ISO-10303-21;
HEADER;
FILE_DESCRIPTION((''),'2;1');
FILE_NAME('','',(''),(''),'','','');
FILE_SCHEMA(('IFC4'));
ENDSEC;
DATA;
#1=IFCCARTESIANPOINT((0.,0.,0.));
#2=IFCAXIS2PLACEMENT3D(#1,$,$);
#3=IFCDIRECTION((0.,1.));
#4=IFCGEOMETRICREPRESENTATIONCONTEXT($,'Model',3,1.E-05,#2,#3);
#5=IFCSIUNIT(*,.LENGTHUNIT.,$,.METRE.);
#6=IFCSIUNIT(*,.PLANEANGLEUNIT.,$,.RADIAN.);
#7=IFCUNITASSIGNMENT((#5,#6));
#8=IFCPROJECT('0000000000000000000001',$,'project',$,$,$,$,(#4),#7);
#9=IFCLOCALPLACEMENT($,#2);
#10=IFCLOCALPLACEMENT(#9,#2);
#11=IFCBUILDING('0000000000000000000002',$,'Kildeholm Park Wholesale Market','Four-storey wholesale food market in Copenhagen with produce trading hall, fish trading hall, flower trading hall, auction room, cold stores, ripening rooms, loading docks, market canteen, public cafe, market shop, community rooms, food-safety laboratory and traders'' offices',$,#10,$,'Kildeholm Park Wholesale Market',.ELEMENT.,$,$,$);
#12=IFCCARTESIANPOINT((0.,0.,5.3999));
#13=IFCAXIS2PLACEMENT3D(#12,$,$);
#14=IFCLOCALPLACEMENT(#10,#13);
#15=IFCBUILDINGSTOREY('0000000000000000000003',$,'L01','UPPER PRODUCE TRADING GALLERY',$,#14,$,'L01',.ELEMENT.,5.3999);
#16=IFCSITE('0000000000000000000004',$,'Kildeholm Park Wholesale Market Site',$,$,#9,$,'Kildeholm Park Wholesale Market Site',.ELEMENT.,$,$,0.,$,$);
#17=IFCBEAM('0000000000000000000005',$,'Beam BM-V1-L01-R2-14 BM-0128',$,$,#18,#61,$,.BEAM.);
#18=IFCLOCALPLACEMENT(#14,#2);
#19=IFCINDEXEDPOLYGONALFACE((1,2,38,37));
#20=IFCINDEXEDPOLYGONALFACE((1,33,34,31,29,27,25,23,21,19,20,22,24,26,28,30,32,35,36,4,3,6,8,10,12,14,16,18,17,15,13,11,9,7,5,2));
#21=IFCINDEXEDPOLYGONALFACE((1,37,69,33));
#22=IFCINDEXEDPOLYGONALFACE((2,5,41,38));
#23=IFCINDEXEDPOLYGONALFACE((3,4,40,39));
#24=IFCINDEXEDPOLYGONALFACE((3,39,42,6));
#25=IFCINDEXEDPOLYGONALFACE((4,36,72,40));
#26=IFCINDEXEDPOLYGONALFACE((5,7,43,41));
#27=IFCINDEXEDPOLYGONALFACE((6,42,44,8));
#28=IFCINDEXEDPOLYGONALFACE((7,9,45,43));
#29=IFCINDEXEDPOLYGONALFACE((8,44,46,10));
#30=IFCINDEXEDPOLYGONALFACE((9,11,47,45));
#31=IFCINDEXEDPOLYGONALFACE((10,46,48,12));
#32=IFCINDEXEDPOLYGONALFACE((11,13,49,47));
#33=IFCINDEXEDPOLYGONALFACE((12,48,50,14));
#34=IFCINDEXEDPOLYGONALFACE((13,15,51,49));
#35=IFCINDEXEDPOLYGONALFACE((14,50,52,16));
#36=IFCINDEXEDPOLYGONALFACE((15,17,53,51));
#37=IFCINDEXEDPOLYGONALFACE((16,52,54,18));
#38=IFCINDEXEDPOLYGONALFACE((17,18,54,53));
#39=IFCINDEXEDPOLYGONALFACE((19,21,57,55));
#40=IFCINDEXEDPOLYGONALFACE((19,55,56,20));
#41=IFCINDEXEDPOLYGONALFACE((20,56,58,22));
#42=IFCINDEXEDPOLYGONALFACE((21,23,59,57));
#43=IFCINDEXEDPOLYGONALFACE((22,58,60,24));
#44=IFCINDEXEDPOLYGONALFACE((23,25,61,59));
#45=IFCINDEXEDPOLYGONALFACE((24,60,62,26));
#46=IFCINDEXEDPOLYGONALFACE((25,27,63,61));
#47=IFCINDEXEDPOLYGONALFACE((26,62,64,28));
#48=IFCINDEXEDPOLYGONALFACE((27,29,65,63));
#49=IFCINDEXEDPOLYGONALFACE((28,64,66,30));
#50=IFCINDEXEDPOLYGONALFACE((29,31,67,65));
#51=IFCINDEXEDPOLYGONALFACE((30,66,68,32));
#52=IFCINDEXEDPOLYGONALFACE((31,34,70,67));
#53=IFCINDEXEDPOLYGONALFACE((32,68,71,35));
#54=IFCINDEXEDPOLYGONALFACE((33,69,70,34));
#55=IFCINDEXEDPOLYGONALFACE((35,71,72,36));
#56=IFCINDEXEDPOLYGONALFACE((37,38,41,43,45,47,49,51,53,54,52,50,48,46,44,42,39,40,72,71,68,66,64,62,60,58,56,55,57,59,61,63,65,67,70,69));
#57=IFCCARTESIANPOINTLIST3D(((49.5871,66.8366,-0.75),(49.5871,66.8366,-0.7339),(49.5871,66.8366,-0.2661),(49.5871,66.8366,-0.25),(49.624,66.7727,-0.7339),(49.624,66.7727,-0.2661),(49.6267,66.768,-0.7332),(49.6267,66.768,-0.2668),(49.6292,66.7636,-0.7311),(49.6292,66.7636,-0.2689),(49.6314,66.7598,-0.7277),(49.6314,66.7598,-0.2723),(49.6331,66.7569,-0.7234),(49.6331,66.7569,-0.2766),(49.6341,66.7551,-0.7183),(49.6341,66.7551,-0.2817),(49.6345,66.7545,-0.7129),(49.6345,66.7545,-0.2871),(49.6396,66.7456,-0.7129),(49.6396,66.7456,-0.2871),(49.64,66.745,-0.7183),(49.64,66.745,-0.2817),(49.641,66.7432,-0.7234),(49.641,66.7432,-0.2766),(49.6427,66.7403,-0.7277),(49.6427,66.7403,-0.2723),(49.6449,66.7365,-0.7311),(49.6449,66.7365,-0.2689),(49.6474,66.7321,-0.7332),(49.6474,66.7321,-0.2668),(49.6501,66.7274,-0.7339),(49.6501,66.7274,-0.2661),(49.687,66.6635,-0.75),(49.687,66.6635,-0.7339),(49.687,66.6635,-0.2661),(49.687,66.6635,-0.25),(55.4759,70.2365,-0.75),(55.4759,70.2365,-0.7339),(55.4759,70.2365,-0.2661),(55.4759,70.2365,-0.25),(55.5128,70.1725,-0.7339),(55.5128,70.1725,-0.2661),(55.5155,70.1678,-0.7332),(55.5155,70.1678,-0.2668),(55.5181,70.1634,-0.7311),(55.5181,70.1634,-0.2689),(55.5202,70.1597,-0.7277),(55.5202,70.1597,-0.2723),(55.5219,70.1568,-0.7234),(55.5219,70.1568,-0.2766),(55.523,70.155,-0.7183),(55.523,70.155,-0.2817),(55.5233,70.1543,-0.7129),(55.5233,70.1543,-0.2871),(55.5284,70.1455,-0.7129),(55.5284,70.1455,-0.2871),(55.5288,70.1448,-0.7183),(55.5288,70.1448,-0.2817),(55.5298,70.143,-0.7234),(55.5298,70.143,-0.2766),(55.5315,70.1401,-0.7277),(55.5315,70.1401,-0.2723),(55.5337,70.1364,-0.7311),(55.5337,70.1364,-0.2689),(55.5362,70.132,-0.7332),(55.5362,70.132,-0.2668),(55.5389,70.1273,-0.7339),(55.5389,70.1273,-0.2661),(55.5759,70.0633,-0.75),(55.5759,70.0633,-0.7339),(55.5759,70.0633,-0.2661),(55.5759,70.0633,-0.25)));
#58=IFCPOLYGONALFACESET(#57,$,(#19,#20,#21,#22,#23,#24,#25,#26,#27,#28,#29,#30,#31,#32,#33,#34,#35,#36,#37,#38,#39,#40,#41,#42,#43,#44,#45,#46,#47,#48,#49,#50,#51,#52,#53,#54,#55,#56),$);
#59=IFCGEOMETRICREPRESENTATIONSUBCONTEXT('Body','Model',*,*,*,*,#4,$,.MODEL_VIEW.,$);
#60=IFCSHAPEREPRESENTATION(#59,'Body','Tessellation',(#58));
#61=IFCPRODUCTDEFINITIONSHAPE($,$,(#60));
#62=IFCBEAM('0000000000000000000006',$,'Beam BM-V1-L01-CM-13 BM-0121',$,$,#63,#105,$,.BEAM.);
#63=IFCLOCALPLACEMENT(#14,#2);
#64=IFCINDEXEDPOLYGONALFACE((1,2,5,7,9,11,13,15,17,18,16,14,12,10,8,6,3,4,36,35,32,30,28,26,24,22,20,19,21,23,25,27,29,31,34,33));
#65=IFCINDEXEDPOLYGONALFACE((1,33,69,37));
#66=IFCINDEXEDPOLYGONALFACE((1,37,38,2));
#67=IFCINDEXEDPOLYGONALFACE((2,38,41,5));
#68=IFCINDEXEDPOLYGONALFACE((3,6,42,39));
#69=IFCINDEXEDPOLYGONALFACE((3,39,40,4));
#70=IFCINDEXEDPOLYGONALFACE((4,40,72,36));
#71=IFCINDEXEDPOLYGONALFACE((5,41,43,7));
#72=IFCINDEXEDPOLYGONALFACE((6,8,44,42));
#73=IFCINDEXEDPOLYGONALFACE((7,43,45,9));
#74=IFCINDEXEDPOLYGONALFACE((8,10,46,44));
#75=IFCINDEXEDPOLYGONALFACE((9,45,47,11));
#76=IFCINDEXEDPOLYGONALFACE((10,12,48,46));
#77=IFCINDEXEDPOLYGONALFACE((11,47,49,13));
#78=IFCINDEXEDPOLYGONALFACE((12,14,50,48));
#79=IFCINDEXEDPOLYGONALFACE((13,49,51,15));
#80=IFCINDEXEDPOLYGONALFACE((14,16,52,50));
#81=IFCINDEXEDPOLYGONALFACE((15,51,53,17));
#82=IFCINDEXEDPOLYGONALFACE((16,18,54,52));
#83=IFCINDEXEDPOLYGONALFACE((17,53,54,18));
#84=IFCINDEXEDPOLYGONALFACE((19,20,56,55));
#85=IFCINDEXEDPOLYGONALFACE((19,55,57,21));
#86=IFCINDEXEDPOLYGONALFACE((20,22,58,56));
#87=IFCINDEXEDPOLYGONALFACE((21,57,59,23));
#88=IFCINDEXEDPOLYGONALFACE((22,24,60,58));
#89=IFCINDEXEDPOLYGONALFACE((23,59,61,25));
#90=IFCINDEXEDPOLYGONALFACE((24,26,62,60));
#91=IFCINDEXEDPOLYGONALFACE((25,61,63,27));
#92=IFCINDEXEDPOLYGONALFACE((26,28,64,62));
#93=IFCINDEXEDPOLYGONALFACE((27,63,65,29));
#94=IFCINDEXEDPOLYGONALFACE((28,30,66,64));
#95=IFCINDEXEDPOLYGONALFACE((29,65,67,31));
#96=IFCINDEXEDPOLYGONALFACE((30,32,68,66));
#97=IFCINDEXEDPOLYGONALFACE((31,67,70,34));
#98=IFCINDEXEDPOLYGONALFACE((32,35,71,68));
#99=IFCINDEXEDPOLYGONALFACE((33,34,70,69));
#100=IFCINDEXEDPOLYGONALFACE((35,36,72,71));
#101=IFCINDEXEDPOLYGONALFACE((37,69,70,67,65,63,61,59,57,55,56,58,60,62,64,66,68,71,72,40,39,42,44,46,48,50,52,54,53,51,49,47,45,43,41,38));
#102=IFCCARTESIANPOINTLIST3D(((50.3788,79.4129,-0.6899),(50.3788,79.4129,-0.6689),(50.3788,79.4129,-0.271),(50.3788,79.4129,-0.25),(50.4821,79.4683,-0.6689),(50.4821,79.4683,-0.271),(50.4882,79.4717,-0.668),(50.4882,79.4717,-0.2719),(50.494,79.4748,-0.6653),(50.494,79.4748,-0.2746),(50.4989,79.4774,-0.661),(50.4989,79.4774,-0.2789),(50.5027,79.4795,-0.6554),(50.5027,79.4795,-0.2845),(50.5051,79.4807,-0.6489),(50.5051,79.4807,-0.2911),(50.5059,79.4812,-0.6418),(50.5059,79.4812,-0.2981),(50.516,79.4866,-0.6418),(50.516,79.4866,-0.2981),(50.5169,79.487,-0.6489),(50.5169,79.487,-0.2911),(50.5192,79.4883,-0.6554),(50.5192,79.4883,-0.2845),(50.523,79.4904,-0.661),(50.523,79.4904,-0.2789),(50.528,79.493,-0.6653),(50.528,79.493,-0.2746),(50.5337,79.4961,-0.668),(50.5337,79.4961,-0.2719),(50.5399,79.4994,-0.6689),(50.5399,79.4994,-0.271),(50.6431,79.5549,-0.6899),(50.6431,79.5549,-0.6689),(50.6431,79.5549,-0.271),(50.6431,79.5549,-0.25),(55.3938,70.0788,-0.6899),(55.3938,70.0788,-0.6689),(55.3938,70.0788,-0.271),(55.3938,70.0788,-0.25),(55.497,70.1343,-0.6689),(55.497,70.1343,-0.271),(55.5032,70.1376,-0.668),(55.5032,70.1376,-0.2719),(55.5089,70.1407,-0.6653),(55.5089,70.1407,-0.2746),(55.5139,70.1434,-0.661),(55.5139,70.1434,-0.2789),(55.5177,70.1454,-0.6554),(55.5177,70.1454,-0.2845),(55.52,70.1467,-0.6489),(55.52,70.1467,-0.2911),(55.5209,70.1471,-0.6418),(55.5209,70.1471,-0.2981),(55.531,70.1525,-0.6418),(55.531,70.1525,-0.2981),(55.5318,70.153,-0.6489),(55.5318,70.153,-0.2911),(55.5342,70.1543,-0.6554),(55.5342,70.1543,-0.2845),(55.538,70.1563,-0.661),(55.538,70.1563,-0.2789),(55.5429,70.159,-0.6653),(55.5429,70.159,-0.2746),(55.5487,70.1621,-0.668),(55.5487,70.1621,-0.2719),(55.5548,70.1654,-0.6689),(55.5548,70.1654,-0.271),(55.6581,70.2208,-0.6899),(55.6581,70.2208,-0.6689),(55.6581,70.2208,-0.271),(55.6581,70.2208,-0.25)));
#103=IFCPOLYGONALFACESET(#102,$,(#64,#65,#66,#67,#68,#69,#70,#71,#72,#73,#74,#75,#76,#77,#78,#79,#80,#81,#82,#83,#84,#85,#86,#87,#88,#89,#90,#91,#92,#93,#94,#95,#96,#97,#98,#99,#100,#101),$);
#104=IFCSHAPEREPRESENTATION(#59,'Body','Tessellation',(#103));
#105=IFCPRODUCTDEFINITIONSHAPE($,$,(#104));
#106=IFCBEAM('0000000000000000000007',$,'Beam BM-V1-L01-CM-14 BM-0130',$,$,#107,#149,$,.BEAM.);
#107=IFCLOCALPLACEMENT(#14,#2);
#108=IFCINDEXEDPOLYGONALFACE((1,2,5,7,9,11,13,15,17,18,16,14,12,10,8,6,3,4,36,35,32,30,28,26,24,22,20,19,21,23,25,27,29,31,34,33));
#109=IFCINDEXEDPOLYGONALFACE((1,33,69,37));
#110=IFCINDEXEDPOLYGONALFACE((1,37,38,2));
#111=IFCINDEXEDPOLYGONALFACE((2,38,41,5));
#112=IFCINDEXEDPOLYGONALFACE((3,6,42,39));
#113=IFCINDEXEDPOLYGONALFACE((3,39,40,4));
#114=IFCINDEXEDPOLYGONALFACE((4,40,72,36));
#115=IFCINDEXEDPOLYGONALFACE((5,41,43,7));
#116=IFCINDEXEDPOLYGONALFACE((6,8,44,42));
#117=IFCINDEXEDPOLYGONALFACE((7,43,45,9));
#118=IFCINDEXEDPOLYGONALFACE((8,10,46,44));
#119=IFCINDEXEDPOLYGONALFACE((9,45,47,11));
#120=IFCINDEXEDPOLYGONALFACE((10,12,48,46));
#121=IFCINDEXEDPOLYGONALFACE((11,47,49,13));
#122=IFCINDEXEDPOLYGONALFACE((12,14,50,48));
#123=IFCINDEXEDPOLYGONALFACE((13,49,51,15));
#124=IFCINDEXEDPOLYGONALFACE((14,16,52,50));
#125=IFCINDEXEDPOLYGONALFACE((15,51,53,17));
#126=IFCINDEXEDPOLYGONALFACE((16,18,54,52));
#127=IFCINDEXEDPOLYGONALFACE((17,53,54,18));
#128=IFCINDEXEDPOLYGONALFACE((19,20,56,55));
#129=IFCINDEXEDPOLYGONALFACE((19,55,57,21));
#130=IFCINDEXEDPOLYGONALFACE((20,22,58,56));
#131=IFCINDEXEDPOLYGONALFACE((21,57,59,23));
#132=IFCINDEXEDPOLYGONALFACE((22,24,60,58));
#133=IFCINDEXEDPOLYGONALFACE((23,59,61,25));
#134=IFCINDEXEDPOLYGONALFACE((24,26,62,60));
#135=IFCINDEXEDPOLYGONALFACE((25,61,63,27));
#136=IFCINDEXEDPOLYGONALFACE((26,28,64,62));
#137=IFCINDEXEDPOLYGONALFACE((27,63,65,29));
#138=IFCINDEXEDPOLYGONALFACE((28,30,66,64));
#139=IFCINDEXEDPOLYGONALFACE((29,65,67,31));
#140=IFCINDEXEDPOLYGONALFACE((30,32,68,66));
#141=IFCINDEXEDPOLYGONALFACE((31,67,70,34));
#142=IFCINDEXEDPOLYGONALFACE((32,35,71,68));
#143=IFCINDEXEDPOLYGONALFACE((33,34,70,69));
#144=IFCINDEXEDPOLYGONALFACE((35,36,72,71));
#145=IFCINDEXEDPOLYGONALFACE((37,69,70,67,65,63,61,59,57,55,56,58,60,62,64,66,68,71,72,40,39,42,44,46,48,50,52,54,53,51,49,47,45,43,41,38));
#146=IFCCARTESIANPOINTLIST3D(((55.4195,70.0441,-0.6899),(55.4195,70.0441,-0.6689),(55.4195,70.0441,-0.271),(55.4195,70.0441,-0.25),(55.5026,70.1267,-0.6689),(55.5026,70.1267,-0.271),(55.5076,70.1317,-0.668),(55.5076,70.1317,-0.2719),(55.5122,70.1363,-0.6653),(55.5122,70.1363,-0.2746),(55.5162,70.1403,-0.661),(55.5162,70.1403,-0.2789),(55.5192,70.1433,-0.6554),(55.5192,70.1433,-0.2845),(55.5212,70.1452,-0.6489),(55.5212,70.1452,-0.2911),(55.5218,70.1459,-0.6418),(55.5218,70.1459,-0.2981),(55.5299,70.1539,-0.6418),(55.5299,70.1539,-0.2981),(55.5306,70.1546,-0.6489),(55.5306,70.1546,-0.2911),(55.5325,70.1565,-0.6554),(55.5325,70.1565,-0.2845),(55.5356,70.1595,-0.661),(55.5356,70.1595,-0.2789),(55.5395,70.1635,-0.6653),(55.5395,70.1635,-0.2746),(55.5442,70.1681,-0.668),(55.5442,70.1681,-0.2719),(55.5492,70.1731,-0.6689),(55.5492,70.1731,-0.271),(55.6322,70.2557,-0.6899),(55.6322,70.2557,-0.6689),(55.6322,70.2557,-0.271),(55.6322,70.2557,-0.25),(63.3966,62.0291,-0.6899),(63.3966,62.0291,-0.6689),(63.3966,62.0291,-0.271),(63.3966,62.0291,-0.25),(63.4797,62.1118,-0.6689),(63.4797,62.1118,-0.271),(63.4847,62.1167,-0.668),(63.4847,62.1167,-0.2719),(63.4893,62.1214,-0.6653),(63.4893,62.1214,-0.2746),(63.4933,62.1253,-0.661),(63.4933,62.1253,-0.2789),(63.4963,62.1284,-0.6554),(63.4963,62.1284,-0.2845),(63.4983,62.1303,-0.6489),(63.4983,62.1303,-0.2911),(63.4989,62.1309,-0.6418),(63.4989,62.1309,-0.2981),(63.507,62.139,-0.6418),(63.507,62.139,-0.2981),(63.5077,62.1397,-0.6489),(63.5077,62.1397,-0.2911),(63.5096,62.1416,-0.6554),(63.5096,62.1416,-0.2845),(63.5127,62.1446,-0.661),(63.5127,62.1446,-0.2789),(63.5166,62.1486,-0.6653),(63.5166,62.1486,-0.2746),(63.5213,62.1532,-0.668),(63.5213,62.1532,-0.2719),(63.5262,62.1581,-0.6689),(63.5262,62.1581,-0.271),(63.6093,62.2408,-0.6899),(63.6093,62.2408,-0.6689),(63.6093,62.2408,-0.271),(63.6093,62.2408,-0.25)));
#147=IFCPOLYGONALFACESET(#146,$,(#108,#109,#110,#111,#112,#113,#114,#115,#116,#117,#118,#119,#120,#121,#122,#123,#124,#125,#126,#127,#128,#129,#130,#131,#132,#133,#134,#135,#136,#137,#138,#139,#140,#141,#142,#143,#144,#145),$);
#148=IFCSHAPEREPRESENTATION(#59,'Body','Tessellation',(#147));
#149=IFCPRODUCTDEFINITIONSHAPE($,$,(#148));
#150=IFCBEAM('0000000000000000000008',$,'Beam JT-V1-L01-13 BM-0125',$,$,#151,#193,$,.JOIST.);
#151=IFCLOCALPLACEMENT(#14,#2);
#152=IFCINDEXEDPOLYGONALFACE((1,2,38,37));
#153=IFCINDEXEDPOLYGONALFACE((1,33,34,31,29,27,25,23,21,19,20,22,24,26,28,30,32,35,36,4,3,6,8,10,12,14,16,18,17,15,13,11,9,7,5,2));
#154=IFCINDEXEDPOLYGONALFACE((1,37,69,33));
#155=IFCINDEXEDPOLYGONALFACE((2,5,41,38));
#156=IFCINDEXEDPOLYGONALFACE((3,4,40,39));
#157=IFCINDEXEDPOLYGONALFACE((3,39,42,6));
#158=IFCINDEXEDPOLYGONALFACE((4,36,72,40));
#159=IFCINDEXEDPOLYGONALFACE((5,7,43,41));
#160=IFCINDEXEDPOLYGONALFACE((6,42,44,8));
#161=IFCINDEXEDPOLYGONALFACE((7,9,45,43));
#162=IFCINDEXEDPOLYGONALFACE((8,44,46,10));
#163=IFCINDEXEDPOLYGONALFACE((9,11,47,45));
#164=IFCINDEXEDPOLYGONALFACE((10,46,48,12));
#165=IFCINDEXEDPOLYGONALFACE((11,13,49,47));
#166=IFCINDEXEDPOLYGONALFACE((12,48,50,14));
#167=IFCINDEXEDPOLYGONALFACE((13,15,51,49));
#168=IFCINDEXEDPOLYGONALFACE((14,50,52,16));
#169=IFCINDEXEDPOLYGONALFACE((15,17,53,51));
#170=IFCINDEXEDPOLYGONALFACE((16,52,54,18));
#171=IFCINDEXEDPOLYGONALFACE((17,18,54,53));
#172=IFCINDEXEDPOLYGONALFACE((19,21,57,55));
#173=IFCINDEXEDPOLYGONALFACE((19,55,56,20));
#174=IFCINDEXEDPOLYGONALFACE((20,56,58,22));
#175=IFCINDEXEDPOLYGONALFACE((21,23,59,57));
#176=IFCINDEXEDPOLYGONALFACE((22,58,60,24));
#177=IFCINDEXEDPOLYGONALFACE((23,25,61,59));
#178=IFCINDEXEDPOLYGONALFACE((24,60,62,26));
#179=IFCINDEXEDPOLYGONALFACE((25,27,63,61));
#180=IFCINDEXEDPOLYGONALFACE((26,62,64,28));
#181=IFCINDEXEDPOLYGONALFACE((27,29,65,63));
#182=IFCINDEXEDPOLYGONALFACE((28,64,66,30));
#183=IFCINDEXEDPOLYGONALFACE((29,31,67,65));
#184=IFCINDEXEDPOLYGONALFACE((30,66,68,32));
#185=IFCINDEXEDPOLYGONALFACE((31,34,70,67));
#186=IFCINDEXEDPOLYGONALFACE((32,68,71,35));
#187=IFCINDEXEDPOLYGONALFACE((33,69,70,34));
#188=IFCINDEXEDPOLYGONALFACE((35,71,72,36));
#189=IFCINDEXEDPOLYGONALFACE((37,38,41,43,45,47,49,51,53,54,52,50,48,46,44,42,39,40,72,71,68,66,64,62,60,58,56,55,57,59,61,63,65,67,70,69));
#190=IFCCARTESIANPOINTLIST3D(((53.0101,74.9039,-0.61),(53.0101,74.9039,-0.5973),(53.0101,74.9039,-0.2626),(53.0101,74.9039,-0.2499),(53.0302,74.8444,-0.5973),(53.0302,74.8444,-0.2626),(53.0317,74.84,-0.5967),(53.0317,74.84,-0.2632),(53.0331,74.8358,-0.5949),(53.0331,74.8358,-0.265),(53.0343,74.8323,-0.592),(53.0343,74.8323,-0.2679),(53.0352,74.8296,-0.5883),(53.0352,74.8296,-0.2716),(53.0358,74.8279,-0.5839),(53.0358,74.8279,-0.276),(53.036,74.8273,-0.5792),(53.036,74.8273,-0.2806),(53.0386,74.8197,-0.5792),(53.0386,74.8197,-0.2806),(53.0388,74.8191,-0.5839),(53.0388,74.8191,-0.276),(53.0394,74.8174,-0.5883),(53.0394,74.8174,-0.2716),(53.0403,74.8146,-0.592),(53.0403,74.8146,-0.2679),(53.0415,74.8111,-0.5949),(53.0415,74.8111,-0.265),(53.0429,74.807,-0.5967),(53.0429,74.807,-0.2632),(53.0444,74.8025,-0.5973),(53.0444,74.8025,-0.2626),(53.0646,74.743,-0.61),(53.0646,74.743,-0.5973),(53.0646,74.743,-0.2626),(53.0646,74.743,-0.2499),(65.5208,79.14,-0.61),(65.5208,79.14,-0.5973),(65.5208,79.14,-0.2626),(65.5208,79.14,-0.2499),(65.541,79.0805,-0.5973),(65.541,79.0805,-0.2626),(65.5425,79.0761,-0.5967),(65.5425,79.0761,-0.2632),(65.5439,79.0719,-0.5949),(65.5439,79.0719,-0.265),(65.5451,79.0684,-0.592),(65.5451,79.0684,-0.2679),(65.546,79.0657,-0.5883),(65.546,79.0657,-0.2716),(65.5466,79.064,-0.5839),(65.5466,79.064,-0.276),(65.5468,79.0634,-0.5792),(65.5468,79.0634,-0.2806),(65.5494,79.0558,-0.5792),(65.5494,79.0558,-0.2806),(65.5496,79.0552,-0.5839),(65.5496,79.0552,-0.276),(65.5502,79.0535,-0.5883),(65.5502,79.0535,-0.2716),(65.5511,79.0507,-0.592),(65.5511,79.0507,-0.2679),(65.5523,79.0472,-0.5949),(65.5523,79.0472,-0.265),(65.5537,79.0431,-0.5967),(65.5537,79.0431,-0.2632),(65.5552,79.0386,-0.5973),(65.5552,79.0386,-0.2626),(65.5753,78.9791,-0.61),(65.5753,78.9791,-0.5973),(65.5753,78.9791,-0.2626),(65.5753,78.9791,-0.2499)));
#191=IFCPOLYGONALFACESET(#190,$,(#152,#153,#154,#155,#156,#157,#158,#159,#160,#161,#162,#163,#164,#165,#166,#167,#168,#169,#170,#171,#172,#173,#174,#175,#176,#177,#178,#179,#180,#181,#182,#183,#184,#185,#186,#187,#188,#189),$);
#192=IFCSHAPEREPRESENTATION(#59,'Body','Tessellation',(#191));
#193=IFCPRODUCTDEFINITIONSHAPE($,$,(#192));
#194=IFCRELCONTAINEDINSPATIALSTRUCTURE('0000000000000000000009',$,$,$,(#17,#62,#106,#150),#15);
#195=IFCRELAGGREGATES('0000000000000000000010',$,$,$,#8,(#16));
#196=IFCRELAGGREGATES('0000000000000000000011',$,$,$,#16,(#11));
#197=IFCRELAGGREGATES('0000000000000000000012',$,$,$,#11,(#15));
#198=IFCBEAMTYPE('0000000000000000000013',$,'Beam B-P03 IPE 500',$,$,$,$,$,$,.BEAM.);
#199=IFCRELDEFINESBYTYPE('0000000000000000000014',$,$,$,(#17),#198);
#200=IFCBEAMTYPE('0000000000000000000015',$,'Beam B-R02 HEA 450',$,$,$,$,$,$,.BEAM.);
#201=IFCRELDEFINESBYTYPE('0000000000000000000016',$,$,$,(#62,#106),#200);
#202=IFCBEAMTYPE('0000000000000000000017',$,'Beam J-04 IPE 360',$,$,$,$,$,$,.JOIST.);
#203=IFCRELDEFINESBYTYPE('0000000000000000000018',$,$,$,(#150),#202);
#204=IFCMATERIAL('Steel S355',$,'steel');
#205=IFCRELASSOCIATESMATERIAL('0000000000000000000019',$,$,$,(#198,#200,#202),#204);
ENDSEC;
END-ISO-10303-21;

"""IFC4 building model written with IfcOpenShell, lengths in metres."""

from ifc_helpers import new_model, si_unit, direction, frame, origin, origin_2d, place, context, subcontext, project, spatial, i_section, extrude, material, material_profile, profile_set, type_object, element, save


model = new_model("IFC4")

# Units and contexts
model_context = context("Model", 3, precision=1e-05, world=origin(), true_north=direction((0.0, 1.0)))
body_context = subcontext(model_context, "Body", "Model", "MODEL_VIEW")
ifc_project = project(units=[si_unit("LENGTHUNIT", "METRE"), si_unit("PLANEANGLEUNIT", "RADIAN")], contexts=[model_context])

# Site, building, storey
site_placement = place(None, origin())
site = spatial("IfcSite", under=ifc_project, at=site_placement, Name="Kildeholm Park Wholesale Market Site", LongName="Kildeholm Park Wholesale Market Site", CompositionType="ELEMENT", RefElevation=0.0)
building_placement = place(site_placement, origin())
building = spatial("IfcBuilding", under=site, at=building_placement, Name="Kildeholm Park Wholesale Market", Description="Four-storey wholesale food market in Copenhagen with produce trading hall, fish trading hall, flower trading hall, auction room, cold stores, ripening rooms, loading docks, market canteen, public cafe, market shop, community rooms, food-safety laboratory and traders' offices", LongName="Kildeholm Park Wholesale Market", CompositionType="ELEMENT")
storey_placement = place(building_placement, frame((0.0, 0.0, 5.3999)))
storey = spatial("IfcBuildingStorey", under=building, at=storey_placement, Name="L01", Description="UPPER PRODUCE TRADING GALLERY", LongName="L01", CompositionType="ELEMENT", Elevation=5.3999)

# Shared definitions
ifc_material_1 = material(Name="Steel S355", Category="steel")

# Beams
ifc_material_profile_1 = material_profile(ifc_material_1, i_section(OverallWidth=0.2, OverallDepth=0.5, WebThickness=0.0103, FlangeThickness=0.0161, FilletRadius=0.021, at=origin_2d()), Name="IPE 500")
ifc_profile_set_1 = profile_set([ifc_material_profile_1], Name="Steel S355")
beam_type_1 = type_object("IfcBeamType", Name="Beam B-P03 IPE 500", PredefinedType="BEAM", material=ifc_profile_set_1)
beam_1_placement = place(storey_placement, frame((55.5259, 70.1499, -0.5), z_axis=(-0.86603, -0.499993, 0.0), x_axis=(0.499993, -0.86603, 0.0)))
element("IfcBeam", 1, at=beam_1_placement, inside=storey, type_object=beam_type_1, Name="Beam BM-V1-L01-R2-14 BM-0128", PredefinedType="BEAM", context=body_context, shape_type="SweptSolid", body=[
    extrude(i_section(OverallWidth=0.2, OverallDepth=0.5, WebThickness=0.0103, FlangeThickness=0.0161, FilletRadius=0.021, at=origin_2d()), origin(), (0.0, 0.0, 1.0), 6.7998),
])
ifc_material_profile_2 = material_profile(ifc_material_1, i_section(OverallWidth=0.3, OverallDepth=0.4399, WebThickness=0.0115, FlangeThickness=0.021, FilletRadius=0.0271, at=origin_2d()), Name="HEA 450")
ifc_profile_set_2 = profile_set([ifc_material_profile_2], Name="Steel S355")
beam_type_2 = type_object("IfcBeamType", Name="Beam B-R02 HEA 450", PredefinedType="BEAM", material=ifc_profile_set_2)
beam_2_placement = place(storey_placement, frame((50.511, 79.4839, -0.47), z_axis=(0.473288, -0.880908, 0.0), x_axis=(0.880908, 0.473288, 0.0)))
element("IfcBeam", 2, at=beam_2_placement, inside=storey, type_object=beam_type_2, Name="Beam BM-V1-L01-CM-13 BM-0121", PredefinedType="BEAM", context=body_context, shape_type="SweptSolid", body=[
    extrude(i_section(OverallWidth=0.3, OverallDepth=0.4399, WebThickness=0.0115, FlangeThickness=0.021, FilletRadius=0.0271, at=origin_2d()), origin(), (0.0, 0.0, 1.0), 10.5959),
])
beam_3_placement = place(storey_placement, frame((55.5259, 70.1499, -0.47), z_axis=(0.705432, -0.708778, 0.0), x_axis=(0.708778, 0.705432, 0.0)))
element("IfcBeam", 3, at=beam_3_placement, inside=storey, type_object=beam_type_2, Name="Beam BM-V1-L01-CM-14 BM-0130", PredefinedType="BEAM", context=body_context, shape_type="SweptSolid", body=[
    extrude(i_section(OverallWidth=0.3, OverallDepth=0.4399, WebThickness=0.0115, FlangeThickness=0.021, FilletRadius=0.0271, at=origin_2d()), origin(), (0.0, 0.0, 1.0), 11.3081),
])
ifc_material_profile_3 = material_profile(ifc_material_1, i_section(OverallWidth=0.1699, OverallDepth=0.3601, WebThickness=0.0081, FlangeThickness=0.0127, FilletRadius=0.0181, at=origin_2d()), Name="IPE 360")
ifc_profile_set_3 = profile_set([ifc_material_profile_3], Name="Steel S355")
beam_type_3 = type_object("IfcBeamType", Name="Beam J-04 IPE 360", PredefinedType="JOIST", material=ifc_profile_set_3)
beam_4_placement = place(storey_placement, frame((65.5481, 79.0596, -0.4299), z_axis=(-0.947177, -0.32071, 0.0), x_axis=(0.32071, -0.947177, 0.0)))
element("IfcBeam", 4, at=beam_4_placement, inside=storey, type_object=beam_type_3, Name="Beam JT-V1-L01-13 BM-0125", PredefinedType="JOIST", context=body_context, shape_type="SweptSolid", body=[
    extrude(i_section(OverallWidth=0.1699, OverallDepth=0.3601, WebThickness=0.0081, FlangeThickness=0.0127, FilletRadius=0.0181, at=origin_2d()), origin(), (0.0, 0.0, 1.0), 13.2085),
])

save(model, "model.ifc")
